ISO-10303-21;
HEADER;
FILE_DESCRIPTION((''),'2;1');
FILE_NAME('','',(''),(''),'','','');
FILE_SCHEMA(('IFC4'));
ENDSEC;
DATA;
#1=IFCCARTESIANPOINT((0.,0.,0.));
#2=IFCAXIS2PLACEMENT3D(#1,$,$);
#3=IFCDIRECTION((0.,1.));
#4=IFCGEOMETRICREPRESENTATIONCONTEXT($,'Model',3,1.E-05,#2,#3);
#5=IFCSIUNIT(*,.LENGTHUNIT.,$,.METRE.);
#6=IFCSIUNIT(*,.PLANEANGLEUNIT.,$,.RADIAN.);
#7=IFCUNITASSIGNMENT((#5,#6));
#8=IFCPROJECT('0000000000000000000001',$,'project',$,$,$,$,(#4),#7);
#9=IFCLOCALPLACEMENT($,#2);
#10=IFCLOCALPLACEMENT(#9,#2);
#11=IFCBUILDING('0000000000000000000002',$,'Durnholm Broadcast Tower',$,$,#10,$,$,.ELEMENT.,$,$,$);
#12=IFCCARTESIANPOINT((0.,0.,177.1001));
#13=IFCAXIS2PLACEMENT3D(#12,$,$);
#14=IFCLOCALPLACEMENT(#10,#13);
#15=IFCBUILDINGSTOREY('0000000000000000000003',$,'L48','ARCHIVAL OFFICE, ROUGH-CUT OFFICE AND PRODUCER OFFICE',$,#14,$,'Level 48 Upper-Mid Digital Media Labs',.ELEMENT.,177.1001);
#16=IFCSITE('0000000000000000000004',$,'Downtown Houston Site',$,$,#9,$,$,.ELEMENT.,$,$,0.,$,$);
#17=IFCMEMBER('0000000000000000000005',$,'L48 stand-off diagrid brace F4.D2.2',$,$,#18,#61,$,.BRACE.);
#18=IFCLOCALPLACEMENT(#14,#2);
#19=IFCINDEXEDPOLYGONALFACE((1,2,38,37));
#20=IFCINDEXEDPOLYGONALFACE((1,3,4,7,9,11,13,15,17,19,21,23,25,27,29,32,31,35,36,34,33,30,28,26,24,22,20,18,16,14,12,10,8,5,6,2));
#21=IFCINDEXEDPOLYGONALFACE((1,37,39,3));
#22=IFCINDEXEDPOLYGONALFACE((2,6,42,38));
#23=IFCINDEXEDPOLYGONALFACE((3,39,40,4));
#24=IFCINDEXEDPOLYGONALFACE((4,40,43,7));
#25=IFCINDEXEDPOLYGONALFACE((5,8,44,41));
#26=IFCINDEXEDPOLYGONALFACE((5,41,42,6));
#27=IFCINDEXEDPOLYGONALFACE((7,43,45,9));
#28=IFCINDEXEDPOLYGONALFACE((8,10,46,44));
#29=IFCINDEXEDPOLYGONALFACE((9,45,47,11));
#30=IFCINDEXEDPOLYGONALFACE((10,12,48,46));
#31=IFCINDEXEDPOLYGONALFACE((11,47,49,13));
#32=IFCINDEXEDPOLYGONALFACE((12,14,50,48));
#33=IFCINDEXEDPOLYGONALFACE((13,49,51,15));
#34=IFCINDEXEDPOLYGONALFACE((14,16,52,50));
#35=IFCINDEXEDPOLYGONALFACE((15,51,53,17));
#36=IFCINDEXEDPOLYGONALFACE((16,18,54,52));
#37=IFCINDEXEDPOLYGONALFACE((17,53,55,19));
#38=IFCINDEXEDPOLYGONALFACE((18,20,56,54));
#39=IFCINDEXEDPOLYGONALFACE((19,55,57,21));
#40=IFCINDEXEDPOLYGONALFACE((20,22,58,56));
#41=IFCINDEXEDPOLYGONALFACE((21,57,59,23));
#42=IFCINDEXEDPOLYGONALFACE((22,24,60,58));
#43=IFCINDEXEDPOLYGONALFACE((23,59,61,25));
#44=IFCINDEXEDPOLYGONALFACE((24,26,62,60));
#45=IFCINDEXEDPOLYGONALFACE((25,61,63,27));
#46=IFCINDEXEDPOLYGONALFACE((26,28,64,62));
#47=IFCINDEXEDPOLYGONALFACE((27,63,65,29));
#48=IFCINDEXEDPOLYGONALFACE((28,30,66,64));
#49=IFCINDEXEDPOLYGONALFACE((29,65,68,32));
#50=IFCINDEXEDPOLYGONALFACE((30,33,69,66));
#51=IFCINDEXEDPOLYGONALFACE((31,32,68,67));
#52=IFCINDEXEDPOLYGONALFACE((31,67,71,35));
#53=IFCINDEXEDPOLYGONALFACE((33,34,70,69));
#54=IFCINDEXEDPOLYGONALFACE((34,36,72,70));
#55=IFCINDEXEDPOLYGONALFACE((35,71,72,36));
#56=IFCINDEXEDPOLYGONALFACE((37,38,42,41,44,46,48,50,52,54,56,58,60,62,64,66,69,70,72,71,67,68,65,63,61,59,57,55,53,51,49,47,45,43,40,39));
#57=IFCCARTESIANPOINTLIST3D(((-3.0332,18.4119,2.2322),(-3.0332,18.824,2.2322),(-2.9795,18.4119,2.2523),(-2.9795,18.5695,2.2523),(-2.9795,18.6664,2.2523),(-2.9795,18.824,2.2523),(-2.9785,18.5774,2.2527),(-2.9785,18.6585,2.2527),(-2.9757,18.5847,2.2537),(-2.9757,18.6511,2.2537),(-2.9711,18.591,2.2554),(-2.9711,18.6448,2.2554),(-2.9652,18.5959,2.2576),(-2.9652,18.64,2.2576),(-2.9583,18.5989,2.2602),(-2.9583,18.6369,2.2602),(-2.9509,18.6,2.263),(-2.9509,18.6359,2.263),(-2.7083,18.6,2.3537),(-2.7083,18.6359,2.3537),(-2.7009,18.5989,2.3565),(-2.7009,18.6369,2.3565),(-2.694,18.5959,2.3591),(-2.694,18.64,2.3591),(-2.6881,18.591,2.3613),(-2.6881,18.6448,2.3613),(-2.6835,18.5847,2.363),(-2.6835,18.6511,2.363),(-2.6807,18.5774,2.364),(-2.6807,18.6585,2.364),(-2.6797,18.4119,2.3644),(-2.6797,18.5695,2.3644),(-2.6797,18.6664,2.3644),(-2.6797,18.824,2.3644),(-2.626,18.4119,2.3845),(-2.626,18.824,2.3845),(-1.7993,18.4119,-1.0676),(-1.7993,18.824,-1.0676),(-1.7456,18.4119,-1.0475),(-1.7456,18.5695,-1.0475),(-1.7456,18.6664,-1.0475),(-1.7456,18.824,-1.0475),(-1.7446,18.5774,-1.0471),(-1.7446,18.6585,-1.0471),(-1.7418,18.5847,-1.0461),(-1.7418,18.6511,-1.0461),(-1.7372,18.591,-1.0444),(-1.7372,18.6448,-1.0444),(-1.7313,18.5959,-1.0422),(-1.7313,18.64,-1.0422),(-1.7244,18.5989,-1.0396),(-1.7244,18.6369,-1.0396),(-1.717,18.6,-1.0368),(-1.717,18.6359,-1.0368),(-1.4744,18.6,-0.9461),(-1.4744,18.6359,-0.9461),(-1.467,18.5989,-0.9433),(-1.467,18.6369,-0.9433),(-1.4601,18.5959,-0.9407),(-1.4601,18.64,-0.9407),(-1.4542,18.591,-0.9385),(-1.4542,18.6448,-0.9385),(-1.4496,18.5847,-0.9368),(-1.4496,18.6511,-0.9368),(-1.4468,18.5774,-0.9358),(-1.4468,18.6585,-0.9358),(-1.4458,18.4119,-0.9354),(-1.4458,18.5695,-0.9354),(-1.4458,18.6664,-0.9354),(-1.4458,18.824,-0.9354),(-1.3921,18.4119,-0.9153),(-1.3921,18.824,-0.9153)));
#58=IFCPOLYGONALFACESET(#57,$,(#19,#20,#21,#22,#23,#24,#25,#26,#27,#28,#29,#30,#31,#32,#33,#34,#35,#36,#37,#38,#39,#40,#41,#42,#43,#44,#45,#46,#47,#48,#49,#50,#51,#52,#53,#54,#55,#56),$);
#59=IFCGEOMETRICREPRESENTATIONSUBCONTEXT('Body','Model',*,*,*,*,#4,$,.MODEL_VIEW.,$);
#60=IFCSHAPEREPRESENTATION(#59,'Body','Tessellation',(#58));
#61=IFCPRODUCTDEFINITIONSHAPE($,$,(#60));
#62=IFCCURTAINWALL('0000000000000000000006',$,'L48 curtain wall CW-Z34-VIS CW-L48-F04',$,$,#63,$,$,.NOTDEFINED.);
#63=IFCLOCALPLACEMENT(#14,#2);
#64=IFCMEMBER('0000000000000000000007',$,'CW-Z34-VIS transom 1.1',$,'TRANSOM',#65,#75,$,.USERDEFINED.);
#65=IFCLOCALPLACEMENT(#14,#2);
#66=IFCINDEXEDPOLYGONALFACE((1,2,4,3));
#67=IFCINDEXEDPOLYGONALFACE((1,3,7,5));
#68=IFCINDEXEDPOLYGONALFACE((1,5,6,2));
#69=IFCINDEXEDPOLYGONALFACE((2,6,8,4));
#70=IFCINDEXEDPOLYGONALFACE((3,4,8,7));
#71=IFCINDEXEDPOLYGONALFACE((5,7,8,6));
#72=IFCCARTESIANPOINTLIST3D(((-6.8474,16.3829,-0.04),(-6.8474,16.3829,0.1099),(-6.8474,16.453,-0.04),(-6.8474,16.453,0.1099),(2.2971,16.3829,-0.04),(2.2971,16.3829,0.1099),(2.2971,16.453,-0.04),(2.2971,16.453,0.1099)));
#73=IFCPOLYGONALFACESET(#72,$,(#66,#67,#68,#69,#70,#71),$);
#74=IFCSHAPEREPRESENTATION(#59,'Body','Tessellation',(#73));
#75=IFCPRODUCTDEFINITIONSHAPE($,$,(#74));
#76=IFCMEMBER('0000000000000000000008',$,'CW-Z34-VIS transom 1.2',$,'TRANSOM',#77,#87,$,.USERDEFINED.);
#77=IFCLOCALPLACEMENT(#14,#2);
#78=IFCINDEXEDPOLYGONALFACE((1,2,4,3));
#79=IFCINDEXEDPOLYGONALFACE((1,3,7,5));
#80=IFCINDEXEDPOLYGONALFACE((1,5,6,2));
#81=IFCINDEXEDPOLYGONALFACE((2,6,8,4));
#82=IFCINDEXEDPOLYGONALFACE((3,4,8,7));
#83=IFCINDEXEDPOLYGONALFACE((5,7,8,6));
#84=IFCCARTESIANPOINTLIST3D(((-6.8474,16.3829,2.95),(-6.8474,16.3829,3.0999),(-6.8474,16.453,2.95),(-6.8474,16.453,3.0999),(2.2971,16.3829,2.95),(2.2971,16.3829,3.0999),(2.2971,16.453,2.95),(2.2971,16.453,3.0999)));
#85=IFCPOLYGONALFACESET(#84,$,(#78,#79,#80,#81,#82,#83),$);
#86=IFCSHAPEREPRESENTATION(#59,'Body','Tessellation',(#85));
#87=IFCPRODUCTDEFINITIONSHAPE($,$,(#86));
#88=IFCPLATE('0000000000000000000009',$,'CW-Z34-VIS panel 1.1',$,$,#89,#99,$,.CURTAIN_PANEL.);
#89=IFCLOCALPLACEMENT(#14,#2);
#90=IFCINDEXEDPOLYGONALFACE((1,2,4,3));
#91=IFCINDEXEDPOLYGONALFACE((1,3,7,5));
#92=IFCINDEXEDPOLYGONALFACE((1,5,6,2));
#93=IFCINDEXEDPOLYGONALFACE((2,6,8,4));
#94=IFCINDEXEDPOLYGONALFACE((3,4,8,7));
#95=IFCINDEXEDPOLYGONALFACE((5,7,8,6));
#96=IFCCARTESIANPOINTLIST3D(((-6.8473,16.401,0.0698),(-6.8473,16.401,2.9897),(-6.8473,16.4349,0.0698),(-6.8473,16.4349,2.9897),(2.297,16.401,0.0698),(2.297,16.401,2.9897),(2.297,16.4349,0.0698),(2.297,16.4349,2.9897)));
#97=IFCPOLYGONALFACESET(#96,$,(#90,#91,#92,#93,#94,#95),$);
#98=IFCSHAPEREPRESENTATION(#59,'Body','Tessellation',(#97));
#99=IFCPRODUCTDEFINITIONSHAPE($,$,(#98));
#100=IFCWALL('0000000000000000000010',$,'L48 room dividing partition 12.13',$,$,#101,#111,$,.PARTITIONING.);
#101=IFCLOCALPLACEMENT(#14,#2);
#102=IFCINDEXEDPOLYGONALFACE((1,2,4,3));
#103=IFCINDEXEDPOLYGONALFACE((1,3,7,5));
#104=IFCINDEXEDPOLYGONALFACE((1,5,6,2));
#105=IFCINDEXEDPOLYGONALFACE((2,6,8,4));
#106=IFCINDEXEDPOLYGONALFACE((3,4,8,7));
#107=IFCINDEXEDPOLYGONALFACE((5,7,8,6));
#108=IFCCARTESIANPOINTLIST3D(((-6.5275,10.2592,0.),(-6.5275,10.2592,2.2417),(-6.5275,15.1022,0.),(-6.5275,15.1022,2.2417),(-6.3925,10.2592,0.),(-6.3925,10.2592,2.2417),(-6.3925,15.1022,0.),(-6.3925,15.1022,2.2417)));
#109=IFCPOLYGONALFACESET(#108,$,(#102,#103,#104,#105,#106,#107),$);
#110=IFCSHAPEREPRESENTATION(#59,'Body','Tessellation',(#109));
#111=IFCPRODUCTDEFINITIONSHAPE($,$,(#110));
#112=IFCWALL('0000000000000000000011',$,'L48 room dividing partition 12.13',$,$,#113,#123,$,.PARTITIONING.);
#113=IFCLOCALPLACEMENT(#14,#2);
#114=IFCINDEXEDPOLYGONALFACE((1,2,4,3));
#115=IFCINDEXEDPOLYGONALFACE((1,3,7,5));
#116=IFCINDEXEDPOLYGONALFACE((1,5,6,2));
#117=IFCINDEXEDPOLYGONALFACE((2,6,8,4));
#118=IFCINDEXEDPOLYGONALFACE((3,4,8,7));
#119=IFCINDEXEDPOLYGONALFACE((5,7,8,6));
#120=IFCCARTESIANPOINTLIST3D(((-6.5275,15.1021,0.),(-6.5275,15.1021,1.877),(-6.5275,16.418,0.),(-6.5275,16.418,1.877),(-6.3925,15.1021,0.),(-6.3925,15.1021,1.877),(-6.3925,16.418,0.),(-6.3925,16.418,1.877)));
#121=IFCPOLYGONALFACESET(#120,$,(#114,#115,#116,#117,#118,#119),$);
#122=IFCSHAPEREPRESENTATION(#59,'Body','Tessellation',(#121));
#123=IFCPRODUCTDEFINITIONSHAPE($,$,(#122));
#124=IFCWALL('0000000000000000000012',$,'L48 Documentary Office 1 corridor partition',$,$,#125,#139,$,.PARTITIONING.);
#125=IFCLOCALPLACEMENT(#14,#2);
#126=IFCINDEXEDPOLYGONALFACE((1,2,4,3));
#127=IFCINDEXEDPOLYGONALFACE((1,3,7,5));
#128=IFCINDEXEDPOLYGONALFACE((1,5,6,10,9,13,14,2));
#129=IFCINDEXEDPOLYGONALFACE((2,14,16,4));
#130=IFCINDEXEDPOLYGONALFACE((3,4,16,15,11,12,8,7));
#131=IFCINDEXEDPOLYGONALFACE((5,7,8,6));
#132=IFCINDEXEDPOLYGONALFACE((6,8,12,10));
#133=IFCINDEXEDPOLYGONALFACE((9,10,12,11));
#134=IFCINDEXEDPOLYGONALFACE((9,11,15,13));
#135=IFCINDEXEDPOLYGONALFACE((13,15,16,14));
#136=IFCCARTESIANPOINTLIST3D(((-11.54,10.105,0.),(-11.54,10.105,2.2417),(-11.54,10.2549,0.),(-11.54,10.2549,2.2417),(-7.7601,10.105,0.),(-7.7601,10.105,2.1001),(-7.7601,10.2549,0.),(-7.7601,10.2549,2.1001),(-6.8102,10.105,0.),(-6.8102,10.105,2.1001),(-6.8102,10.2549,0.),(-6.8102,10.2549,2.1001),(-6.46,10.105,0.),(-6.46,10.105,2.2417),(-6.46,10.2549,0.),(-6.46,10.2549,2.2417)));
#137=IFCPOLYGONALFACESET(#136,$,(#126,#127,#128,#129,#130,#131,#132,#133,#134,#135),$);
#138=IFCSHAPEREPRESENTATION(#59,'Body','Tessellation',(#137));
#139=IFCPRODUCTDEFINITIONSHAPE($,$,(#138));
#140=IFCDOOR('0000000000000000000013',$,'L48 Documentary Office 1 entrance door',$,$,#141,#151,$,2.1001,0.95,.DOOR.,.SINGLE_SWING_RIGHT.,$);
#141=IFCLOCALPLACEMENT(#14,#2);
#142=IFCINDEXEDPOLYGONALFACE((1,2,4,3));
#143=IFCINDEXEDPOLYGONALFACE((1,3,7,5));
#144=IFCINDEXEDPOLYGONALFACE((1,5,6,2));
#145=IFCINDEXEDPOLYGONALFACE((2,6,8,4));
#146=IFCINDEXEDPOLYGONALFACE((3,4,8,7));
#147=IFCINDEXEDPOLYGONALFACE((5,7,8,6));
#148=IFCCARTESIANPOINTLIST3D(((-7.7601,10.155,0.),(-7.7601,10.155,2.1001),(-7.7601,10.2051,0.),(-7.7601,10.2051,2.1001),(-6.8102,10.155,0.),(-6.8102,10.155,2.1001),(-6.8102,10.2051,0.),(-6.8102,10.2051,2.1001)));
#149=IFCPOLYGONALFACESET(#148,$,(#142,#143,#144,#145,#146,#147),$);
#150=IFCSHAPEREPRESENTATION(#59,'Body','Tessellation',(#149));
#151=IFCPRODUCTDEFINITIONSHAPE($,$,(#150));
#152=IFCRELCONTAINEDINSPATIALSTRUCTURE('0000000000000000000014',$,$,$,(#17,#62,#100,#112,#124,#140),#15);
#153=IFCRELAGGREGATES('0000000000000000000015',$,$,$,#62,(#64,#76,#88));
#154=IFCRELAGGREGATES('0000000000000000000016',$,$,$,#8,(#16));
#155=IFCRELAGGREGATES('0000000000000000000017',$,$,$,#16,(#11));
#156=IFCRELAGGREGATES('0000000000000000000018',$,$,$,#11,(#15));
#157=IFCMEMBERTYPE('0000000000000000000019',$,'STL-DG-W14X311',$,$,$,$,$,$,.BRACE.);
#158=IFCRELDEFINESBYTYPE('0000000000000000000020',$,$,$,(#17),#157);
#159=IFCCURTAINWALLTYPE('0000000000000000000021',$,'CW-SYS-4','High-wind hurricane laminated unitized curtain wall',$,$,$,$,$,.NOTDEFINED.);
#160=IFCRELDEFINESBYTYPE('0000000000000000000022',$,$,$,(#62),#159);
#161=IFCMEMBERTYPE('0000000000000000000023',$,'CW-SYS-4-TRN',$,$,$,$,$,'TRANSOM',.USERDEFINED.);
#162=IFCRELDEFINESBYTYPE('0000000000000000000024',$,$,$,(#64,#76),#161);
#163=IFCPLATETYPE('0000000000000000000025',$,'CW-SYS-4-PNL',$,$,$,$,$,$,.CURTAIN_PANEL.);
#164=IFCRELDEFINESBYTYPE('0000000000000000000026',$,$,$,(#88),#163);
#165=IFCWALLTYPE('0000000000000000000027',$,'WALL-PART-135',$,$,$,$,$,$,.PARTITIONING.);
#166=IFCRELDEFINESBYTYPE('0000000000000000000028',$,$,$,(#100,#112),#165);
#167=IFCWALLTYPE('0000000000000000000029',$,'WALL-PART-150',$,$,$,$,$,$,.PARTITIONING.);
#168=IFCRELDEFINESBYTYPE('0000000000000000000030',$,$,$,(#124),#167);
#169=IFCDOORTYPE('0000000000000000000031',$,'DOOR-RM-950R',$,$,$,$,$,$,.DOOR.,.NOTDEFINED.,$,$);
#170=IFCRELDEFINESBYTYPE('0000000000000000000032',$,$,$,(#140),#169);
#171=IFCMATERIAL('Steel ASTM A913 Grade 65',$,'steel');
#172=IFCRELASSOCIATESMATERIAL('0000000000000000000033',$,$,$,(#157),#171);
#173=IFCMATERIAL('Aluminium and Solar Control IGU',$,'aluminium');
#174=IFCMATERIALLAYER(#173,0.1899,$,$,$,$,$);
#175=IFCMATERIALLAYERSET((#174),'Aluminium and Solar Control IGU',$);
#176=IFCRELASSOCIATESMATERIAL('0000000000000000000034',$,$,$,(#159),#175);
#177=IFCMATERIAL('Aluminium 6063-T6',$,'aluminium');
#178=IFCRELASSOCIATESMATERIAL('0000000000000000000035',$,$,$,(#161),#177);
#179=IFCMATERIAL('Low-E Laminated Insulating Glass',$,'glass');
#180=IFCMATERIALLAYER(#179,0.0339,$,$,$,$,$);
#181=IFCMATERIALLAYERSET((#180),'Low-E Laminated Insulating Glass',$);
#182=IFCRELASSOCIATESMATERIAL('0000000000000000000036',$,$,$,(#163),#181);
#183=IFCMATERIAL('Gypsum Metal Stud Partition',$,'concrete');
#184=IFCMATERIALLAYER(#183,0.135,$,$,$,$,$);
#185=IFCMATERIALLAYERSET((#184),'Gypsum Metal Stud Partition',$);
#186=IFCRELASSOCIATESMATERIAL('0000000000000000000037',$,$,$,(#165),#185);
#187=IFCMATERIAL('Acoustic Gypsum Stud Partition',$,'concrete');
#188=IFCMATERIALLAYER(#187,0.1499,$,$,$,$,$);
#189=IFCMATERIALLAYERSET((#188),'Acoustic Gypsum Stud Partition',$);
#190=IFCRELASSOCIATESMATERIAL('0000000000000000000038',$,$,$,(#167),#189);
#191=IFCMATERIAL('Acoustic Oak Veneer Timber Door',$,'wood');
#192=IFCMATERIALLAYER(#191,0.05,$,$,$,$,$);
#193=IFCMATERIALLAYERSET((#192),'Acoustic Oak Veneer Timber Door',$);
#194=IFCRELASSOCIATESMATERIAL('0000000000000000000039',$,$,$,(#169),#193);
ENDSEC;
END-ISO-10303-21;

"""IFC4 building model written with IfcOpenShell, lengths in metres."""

from ifc_helpers import new_model, si_unit, direction, frame, frame_2d, origin, origin_2d, place, context, subcontext, project, spatial, rectangle, i_section, extrude, source, transform, mapped, material, layer, layer_set, material_profile, profile_set, type_object, type_shapes, element, fill, aggregate, save


model = new_model("IFC4")

# Units and contexts
model_context = context("Model", 3, precision=1e-05, world=origin(), true_north=direction((0.0, 1.0)))
body_context = subcontext(model_context, "Body", "Model", "MODEL_VIEW")
ifc_project = project(units=[si_unit("LENGTHUNIT", "METRE"), si_unit("PLANEANGLEUNIT", "RADIAN")], contexts=[model_context])

# Site, building, storey
site_placement = place(None, origin())
site = spatial("IfcSite", under=ifc_project, at=site_placement, Name="Downtown Houston Site", CompositionType="ELEMENT", RefElevation=0.0)
building_placement = place(site_placement, origin())
building = spatial("IfcBuilding", under=site, at=building_placement, Name="Durnholm Broadcast Tower", CompositionType="ELEMENT")
storey_placement = place(building_placement, frame((0.0, 0.0, 177.1001)))
storey = spatial("IfcBuildingStorey", under=building, at=storey_placement, Name="L48", Description="ARCHIVAL OFFICE, ROUGH-CUT OFFICE AND PRODUCER OFFICE", LongName="Level 48 Upper-Mid Digital Media Labs", CompositionType="ELEMENT", Elevation=177.1001)

# Member
ifc_material_1 = material(Name="Steel ASTM A913 Grade 65", Category="steel")
ifc_material_profile_1 = material_profile(ifc_material_1, i_section(OverallWidth=0.4121, OverallDepth=0.4348, WebThickness=0.0359, FlangeThickness=0.0574, FilletRadius=0.0305, at=origin_2d()), Name="W14X311")
ifc_profile_set_1 = profile_set([ifc_material_profile_1], Name="Steel ASTM A913 Grade 65")
member_type_1 = type_object("IfcMemberType", Name="STL-DG-W14X311", PredefinedType="BRACE", material=ifc_profile_set_1)
shared_shape_1 = source(origin(), body_context, "Body", "SweptSolid", [
    extrude(i_section(OverallWidth=0.4121, OverallDepth=0.4348, WebThickness=0.0359, FlangeThickness=0.0574, FilletRadius=0.0305, at=origin_2d()), origin(), (0.0, 0.0, 1.0), 3.5229),
])
type_shapes(member_type_1, [shared_shape_1])
for number, where, z_axis, x_axis, name in (
    (1, (-1.5957, 18.6179, -0.9915), (-0.350242, 0.0, 0.936659), (0.0, -1.0, 0.0), "L48 stand-off diagrid brace F4.D2.2"),
):
    element("IfcMember", number, at=place(storey_placement, frame(where, z_axis=z_axis, x_axis=x_axis)), inside=storey, type_object=member_type_1, Name=name, PredefinedType="BRACE", context=body_context, shape_type="MappedRepresentation", body=[
        mapped(shared_shape_1, transform((0.0, 0.0, 0.0), x_axis=(1.0, 0.0, 0.0), y_axis=(0.0, 1.0, 0.0), z_axis=(0.0, 0.0, 1.0), scale=1.0)),
    ])

# Curtain wall, members, plate
ifc_material_2 = material(Name="Aluminium and Solar Control IGU", Category="aluminium")
ifc_layer_1 = layer(ifc_material_2, 0.1899)
ifc_layer_set_1 = layer_set([ifc_layer_1], Name="Aluminium and Solar Control IGU")
curtain_wall_type = type_object("IfcCurtainWallType", Name="CW-SYS-4", Description="High-wind hurricane laminated unitized curtain wall", PredefinedType="NOTDEFINED", material=ifc_layer_set_1)
curtain_wall_placement = place(storey_placement, origin())
curtain_wall = element("IfcCurtainWall", 2, at=curtain_wall_placement, inside=storey, type_object=curtain_wall_type, Name="L48 curtain wall CW-Z34-VIS CW-L48-F04", PredefinedType="NOTDEFINED")
ifc_material_3 = material(Name="Aluminium 6063-T6", Category="aluminium")
ifc_material_profile_2 = material_profile(ifc_material_3, rectangle(XDim=0.0701, YDim=0.1499, at=origin_2d()), Name="CWT70X150")
ifc_profile_set_2 = profile_set([ifc_material_profile_2], Name="Aluminium 6063-T6")
member_type_2 = type_object("IfcMemberType", Name="CW-SYS-4-TRN", ElementType="TRANSOM", PredefinedType="USERDEFINED", material=ifc_profile_set_2)
shared_shape_2 = source(origin(), body_context, "Body", "SweptSolid", [
    extrude(rectangle(XDim=0.0701, YDim=0.1499, at=origin_2d()), origin(), (0.0, 0.0, 1.0), 9.1445),
])
type_shapes(member_type_2, [shared_shape_2])
member_1_placement = place(storey_placement, frame((-6.8474, 16.418, 0.0349), z_axis=(1.0, 0.0, 0.0), x_axis=(0.0, 1.0, 0.0)))
member_1 = element("IfcMember", 3, at=member_1_placement, type_object=member_type_2, Name="CW-Z34-VIS transom 1.1", ObjectType="TRANSOM", PredefinedType="USERDEFINED", context=body_context, shape_type="MappedRepresentation", body=[
    mapped(shared_shape_2, transform((0.0, 0.0, 0.0), x_axis=(1.0, 0.0, 0.0), y_axis=(0.0, 1.0, 0.0), z_axis=(0.0, 0.0, 1.0), scale=1.0)),
])
member_2_placement = place(storey_placement, frame((-6.8474, 16.418, 3.0249), z_axis=(1.0, 0.0, 0.0), x_axis=(0.0, 1.0, 0.0)))
member_2 = element("IfcMember", 4, at=member_2_placement, type_object=member_type_2, Name="CW-Z34-VIS transom 1.2", ObjectType="TRANSOM", PredefinedType="USERDEFINED", context=body_context, shape_type="MappedRepresentation", body=[
    mapped(shared_shape_2, transform((0.0, 0.0, 0.0), x_axis=(1.0, 0.0, 0.0), y_axis=(0.0, 1.0, 0.0), z_axis=(0.0, 0.0, 1.0), scale=1.0)),
])
ifc_material_4 = material(Name="Low-E Laminated Insulating Glass", Category="glass")
ifc_layer_2 = layer(ifc_material_4, 0.0339)
ifc_layer_set_2 = layer_set([ifc_layer_2], Name="Low-E Laminated Insulating Glass")
plate_type = type_object("IfcPlateType", Name="CW-SYS-4-PNL", PredefinedType="CURTAIN_PANEL", material=ifc_layer_set_2)
shared_shape_3 = source(origin(), body_context, "Body", "SweptSolid", [
    extrude(rectangle(XDim=9.1443, YDim=0.0339, at=origin_2d()), origin(), (0.0, 0.0, 1.0), 2.9199),
])
type_shapes(plate_type, [shared_shape_3])
plate_placement = place(storey_placement, frame((-2.2751, 16.418, 0.0698), z_axis=(0.0, 0.0, 1.0), x_axis=(1.0, 0.0, 0.0)))
plate = element("IfcPlate", 5, at=plate_placement, type_object=plate_type, Name="CW-Z34-VIS panel 1.1", PredefinedType="CURTAIN_PANEL", context=body_context, shape_type="MappedRepresentation", body=[
    mapped(shared_shape_3, transform((0.0, 0.0, 0.0), x_axis=(1.0, 0.0, 0.0), y_axis=(0.0, 1.0, 0.0), z_axis=(0.0, 0.0, 1.0), scale=1.0)),
])
aggregate(curtain_wall, [member_1, member_2, plate])

# Walls
ifc_material_5 = material(Name="Gypsum Metal Stud Partition", Category="concrete")
ifc_layer_3 = layer(ifc_material_5, 0.135)
ifc_layer_set_3 = layer_set([ifc_layer_3], Name="Gypsum Metal Stud Partition")
wall_type_1 = type_object("IfcWallType", Name="WALL-PART-135", PredefinedType="PARTITIONING", material=ifc_layer_set_3)
wall_1_placement = place(storey_placement, frame((-6.46, 15.1021, 0.0), z_axis=(0.0, 0.0, 1.0), x_axis=(0.0, -1.0, 0.0)))
element("IfcWall", 6, at=wall_1_placement, inside=storey, type_object=wall_type_1, Name="L48 room dividing partition 12.13", PredefinedType="PARTITIONING", context=body_context, shape_type="SweptSolid", body=[
    extrude(rectangle(XDim=4.843, YDim=0.135, at=frame_2d((2.4214, 0.0))), origin(), (0.0, 0.0, 1.0), 2.2417),
])
wall_2_placement = place(storey_placement, frame((-6.46, 16.418, 0.0), z_axis=(0.0, 0.0, 1.0), x_axis=(0.0, -1.0, 0.0)))
element("IfcWall", 7, at=wall_2_placement, inside=storey, type_object=wall_type_1, Name="L48 room dividing partition 12.13", PredefinedType="PARTITIONING", context=body_context, shape_type="SweptSolid", body=[
    extrude(rectangle(XDim=1.3159, YDim=0.135, at=frame_2d((0.658, 0.0))), origin(), (0.0, 0.0, 1.0), 1.877),
])

# Wall, opening, door
ifc_material_6 = material(Name="Acoustic Gypsum Stud Partition", Category="concrete")
ifc_layer_4 = layer(ifc_material_6, 0.1499)
ifc_layer_set_4 = layer_set([ifc_layer_4], Name="Acoustic Gypsum Stud Partition")
wall_type_2 = type_object("IfcWallType", Name="WALL-PART-150", PredefinedType="PARTITIONING", material=ifc_layer_set_4)
wall_3_placement = place(storey_placement, frame((-6.46, 10.1799, 0.0), z_axis=(0.0, 0.0, 1.0), x_axis=(-1.0, 0.0, 0.0)))
wall_3 = element("IfcWall", 8, at=wall_3_placement, inside=storey, type_object=wall_type_2, Name="L48 Documentary Office 1 corridor partition", PredefinedType="PARTITIONING", context=body_context, shape_type="SweptSolid", body=[
    extrude(rectangle(XDim=5.0801, YDim=0.1499, at=frame_2d((2.54, 0.0))), origin(), (0.0, 0.0, 1.0), 2.2417),
])
opening_1_placement = place(wall_3_placement, frame((0.3501, 0.0, 0.0)))
opening_1 = element("IfcOpeningElement", 9, at=opening_1_placement, cuts=wall_3, PredefinedType="OPENING", context=body_context, shape_type="SweptSolid", body=[
    extrude(rectangle(XDim=0.95, YDim=2.1001, at=frame_2d((0.4751, 1.05))), frame((0.0, 0.085, 0.0), z_axis=(0.0, -1.0, 0.0), x_axis=(1.0, 0.0, 0.0)), (0.0, 0.0, 1.0), 0.1699),
])
ifc_material_7 = material(Name="Acoustic Oak Veneer Timber Door", Category="wood")
ifc_layer_5 = layer(ifc_material_7, 0.05)
ifc_layer_set_5 = layer_set([ifc_layer_5], Name="Acoustic Oak Veneer Timber Door")
door_type_1 = type_object("IfcDoorType", Name="DOOR-RM-950R", OperationType="NOTDEFINED", PredefinedType="DOOR", material=ifc_layer_set_5)
shared_shape_4 = source(origin(), body_context, "Body", "SweptSolid", [
    extrude(rectangle(XDim=0.95, YDim=2.1001, at=frame_2d((0.4751, 1.05))), frame((0.0, 0.0249, 0.0), z_axis=(0.0, -1.0, 0.0), x_axis=(1.0, 0.0, 0.0)), (0.0, 0.0, 1.0), 0.05),
])
type_shapes(door_type_1, [shared_shape_4])
door_1_placement = place(opening_1_placement, origin())
door_1 = element("IfcDoor", 10, at=door_1_placement, inside=storey, type_object=door_type_1, Name="L48 Documentary Office 1 entrance door", OperationType="SINGLE_SWING_RIGHT", OverallHeight=2.1001, OverallWidth=0.95, PredefinedType="DOOR", context=body_context, shape_type="MappedRepresentation", body=[
    mapped(shared_shape_4, transform((0.0, 0.0, 0.0), x_axis=(1.0, 0.0, 0.0), y_axis=(0.0, 1.0, 0.0), z_axis=(0.0, 0.0, 1.0), scale=1.0)),
])
fill(opening_1, door_1)

save(model, "model.ifc")
